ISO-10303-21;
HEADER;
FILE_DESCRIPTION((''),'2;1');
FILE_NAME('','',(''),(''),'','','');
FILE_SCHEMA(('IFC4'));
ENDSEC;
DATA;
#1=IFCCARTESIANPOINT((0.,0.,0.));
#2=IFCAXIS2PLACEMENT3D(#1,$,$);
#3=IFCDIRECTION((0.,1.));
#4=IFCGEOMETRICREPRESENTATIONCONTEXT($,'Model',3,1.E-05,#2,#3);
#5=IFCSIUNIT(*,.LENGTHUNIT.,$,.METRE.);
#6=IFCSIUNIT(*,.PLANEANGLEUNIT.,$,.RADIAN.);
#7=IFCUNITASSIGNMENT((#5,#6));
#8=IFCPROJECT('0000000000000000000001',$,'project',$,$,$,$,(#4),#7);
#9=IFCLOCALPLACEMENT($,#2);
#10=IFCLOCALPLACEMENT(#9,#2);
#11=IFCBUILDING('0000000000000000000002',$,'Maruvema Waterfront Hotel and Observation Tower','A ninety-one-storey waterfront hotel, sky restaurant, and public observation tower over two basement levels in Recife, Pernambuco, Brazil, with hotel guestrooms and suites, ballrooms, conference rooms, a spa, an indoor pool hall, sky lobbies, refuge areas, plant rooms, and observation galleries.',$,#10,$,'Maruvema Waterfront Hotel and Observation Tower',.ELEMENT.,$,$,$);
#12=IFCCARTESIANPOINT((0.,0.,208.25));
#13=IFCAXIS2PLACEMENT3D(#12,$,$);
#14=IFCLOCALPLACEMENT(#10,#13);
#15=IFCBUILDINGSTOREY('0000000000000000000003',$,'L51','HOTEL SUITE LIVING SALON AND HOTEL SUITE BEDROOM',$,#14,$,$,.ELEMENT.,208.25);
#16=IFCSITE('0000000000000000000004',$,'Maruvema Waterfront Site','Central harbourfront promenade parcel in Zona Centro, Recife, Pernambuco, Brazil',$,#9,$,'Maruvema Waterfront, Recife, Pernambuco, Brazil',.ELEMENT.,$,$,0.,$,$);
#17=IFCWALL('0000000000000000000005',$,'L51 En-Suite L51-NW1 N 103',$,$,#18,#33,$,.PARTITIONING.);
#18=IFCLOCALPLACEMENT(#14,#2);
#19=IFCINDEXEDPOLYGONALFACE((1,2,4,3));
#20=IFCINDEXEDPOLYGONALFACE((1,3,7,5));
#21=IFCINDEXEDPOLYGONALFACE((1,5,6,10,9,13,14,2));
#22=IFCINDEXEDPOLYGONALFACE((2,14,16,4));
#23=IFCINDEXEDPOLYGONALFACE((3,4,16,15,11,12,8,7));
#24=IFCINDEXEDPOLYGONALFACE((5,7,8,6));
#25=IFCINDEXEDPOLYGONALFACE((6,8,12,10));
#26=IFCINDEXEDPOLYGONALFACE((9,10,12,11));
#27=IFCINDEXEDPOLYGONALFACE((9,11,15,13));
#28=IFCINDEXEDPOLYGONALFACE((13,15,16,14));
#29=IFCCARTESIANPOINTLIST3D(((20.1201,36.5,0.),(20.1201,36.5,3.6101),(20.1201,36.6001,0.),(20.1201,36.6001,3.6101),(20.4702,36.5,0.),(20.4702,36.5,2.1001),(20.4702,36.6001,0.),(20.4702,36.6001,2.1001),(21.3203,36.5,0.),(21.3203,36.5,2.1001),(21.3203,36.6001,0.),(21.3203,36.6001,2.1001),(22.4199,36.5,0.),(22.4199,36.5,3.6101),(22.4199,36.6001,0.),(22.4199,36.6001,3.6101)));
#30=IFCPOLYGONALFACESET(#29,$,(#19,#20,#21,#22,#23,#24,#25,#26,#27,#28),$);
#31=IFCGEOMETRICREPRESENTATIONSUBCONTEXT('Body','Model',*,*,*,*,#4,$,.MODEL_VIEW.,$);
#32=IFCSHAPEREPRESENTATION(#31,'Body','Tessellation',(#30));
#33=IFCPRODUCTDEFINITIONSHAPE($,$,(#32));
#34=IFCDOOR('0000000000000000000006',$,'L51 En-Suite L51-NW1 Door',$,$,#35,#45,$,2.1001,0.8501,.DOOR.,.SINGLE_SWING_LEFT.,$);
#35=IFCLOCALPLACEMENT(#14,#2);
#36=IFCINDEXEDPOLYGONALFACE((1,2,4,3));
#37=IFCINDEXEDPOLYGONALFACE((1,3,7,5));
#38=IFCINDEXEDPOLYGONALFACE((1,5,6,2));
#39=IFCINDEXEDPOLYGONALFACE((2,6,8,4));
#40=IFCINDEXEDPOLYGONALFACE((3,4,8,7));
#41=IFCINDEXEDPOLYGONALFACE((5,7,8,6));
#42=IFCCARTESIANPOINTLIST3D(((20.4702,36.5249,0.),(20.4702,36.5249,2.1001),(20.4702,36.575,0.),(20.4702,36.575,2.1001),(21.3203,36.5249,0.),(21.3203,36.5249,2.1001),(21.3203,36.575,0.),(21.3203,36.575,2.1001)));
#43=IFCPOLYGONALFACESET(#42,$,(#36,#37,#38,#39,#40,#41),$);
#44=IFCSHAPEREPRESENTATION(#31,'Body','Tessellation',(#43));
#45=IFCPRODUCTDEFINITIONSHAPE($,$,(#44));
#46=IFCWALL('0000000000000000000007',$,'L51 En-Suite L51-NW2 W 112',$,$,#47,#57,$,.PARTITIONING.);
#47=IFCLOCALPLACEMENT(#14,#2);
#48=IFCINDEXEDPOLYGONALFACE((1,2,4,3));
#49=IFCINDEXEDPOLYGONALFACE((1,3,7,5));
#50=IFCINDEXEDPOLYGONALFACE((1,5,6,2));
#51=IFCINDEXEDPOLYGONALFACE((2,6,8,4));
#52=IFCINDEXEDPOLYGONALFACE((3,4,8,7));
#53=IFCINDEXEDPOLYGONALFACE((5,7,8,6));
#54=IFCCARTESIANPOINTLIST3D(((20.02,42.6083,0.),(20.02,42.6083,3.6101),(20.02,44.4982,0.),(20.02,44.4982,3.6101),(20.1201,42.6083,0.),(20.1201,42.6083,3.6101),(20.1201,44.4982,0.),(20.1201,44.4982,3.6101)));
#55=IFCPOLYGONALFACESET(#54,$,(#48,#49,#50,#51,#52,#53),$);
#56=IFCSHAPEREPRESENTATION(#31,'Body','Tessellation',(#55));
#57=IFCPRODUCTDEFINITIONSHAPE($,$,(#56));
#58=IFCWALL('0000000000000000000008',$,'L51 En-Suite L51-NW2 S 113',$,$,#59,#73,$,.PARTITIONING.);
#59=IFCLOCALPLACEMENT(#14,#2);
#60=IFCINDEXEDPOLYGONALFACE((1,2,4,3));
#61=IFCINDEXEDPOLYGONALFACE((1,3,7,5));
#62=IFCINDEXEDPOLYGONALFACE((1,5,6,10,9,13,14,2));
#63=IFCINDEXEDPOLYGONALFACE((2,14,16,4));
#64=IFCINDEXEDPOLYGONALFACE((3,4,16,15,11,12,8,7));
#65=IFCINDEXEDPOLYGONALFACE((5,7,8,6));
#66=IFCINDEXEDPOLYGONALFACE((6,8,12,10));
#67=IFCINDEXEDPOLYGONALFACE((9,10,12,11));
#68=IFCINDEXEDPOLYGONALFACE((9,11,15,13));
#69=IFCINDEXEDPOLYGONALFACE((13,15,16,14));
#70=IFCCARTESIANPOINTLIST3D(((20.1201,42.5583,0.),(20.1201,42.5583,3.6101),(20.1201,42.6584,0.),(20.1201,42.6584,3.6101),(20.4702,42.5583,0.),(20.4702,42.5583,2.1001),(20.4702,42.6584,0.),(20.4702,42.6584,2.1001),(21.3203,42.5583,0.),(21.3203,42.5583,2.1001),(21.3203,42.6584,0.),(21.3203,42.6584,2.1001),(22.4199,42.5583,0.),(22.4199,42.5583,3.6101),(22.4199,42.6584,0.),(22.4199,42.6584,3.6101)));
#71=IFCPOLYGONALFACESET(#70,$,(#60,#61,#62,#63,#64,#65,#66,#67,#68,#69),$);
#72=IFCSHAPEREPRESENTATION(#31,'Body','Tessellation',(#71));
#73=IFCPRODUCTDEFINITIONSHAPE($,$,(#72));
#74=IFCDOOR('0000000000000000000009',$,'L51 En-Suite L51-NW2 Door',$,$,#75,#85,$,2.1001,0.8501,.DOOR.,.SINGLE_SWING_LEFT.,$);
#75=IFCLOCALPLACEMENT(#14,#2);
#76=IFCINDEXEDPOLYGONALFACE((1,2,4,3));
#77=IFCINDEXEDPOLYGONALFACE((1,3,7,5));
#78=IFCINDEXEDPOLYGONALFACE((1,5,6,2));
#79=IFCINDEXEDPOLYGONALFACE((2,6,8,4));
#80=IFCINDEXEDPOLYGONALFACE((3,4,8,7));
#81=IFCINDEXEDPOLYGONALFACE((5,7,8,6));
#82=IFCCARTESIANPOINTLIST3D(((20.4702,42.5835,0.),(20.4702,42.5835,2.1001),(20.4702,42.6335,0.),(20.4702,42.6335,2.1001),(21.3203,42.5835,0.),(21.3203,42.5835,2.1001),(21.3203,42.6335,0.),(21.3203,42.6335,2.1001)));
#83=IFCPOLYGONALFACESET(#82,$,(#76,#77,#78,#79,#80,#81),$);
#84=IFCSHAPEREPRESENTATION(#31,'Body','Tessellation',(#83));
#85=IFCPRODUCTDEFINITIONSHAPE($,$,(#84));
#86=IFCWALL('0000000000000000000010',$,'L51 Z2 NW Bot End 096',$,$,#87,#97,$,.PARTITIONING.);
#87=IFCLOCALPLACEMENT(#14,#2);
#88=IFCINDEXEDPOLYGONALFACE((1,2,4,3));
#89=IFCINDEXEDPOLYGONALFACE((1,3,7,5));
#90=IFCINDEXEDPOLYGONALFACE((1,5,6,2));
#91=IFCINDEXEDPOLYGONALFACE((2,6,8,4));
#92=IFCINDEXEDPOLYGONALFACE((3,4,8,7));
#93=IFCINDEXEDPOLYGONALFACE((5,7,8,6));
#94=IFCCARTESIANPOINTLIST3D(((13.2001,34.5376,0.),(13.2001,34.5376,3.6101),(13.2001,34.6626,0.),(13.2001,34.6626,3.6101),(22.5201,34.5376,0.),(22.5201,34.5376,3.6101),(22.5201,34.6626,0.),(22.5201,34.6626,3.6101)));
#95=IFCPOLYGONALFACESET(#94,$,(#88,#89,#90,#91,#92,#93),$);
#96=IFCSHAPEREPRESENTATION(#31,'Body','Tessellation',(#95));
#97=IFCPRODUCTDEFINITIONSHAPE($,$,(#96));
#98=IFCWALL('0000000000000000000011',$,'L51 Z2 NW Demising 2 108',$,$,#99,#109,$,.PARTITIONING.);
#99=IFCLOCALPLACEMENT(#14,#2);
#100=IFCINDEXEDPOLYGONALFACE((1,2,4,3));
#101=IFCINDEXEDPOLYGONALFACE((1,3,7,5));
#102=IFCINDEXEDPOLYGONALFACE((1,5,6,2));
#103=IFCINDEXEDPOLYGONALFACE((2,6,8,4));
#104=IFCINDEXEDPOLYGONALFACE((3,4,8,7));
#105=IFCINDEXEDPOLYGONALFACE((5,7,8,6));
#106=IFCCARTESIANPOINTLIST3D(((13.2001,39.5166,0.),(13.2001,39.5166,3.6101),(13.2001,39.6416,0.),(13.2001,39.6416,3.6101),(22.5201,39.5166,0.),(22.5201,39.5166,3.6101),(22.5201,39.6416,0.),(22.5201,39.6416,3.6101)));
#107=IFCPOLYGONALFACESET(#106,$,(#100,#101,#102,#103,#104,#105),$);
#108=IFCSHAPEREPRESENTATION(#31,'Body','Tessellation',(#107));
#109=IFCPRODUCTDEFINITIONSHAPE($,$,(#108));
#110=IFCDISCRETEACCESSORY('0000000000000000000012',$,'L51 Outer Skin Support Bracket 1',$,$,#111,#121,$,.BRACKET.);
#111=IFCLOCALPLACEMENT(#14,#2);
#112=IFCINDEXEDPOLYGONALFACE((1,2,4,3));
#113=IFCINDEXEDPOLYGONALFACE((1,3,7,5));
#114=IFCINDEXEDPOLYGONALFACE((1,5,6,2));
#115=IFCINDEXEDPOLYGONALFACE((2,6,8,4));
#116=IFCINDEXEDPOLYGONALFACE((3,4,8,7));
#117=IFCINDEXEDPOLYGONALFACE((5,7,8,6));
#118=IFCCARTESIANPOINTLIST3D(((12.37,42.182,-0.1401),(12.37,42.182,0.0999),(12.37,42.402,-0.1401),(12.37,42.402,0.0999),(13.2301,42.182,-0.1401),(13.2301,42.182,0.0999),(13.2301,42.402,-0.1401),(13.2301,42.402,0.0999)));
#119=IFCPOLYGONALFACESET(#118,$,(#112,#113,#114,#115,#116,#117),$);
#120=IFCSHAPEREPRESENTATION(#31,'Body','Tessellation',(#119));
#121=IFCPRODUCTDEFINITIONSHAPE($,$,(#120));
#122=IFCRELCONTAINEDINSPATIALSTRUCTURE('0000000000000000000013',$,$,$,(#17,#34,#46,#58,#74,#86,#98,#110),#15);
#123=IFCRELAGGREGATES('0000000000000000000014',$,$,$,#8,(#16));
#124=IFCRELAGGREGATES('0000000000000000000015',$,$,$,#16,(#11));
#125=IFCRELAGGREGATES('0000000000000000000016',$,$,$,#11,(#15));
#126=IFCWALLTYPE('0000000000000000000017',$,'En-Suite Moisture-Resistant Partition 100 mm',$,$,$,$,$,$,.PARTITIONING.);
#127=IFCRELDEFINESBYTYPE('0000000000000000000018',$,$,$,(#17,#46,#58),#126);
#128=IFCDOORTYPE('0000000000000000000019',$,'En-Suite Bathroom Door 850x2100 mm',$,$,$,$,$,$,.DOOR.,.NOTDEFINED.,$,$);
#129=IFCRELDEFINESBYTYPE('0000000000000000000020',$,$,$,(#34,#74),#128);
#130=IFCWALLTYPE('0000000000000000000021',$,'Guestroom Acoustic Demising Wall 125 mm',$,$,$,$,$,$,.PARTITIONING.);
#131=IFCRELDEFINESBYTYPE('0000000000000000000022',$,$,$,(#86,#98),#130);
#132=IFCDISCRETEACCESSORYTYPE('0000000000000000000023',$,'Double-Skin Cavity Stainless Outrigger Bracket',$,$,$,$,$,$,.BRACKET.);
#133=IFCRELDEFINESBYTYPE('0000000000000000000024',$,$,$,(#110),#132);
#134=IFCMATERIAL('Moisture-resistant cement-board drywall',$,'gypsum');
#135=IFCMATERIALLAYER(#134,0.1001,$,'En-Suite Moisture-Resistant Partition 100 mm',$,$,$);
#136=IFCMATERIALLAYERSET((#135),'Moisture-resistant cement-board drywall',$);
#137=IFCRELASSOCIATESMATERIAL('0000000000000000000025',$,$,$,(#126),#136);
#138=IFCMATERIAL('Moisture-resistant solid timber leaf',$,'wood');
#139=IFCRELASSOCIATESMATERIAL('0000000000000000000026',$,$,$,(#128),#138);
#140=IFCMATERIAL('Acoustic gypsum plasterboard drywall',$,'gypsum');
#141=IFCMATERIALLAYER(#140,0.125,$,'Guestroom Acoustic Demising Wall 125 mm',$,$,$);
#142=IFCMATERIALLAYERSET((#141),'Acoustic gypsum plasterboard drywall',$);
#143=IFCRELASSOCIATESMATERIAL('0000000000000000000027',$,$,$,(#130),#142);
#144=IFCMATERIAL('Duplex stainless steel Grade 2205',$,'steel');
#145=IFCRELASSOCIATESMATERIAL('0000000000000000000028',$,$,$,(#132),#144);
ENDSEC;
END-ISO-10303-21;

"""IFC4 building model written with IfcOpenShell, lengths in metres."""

from ifc_helpers import new_model, si_unit, direction, frame, frame_2d, origin, origin_2d, place, context, subcontext, project, spatial, rectangle, extrude, material, layer, layer_set, type_object, element, fill, save


model = new_model("IFC4")

# Units and contexts
model_context = context("Model", 3, precision=1e-05, world=origin(), true_north=direction((0.0, 1.0)))
body_context = subcontext(model_context, "Body", "Model", "MODEL_VIEW")
ifc_project = project(units=[si_unit("LENGTHUNIT", "METRE"), si_unit("PLANEANGLEUNIT", "RADIAN")], contexts=[model_context])

# Site, building, storey
site_placement = place(None, origin())
site = spatial("IfcSite", under=ifc_project, at=site_placement, Name="Maruvema Waterfront Site", Description="Central harbourfront promenade parcel in Zona Centro, Recife, Pernambuco, Brazil", LongName="Maruvema Waterfront, Recife, Pernambuco, Brazil", CompositionType="ELEMENT", RefElevation=0.0)
building_placement = place(site_placement, origin())
building = spatial("IfcBuilding", under=site, at=building_placement, Name="Maruvema Waterfront Hotel and Observation Tower", Description="A ninety-one-storey waterfront hotel, sky restaurant, and public observation tower over two basement levels in Recife, Pernambuco, Brazil, with hotel guestrooms and suites, ballrooms, conference rooms, a spa, an indoor pool hall, sky lobbies, refuge areas, plant rooms, and observation galleries.", LongName="Maruvema Waterfront Hotel and Observation Tower", CompositionType="ELEMENT")
storey_placement = place(building_placement, frame((0.0, 0.0, 208.25)))
storey = spatial("IfcBuildingStorey", under=building, at=storey_placement, Name="L51", Description="HOTEL SUITE LIVING SALON AND HOTEL SUITE BEDROOM", CompositionType="ELEMENT", Elevation=208.25)

# Shared definitions
ifc_material_1 = material(Name="Moisture-resistant cement-board drywall", Category="gypsum")
ifc_layer_1 = layer(ifc_material_1, 0.1001, Name="En-Suite Moisture-Resistant Partition 100 mm")
ifc_layer_set_1 = layer_set([ifc_layer_1], Name="Moisture-resistant cement-board drywall")
wall_type_1 = type_object("IfcWallType", Name="En-Suite Moisture-Resistant Partition 100 mm", PredefinedType="PARTITIONING", material=ifc_layer_set_1)

# Wall, opening, door
wall_1_placement = place(storey_placement, frame((20.1201, 36.55, 0.0), z_axis=(0.0, 0.0, 1.0), x_axis=(1.0, 0.0, 0.0)))
wall_1 = element("IfcWall", 1, at=wall_1_placement, inside=storey, type_object=wall_type_1, Name="L51 En-Suite L51-NW1 N 103", PredefinedType="PARTITIONING", context=body_context, shape_type="SweptSolid", body=[
    extrude(rectangle(XDim=2.2998, YDim=0.1001, at=frame_2d((1.1499, 0.0))), origin(), (0.0, 0.0, 1.0), 3.6101),
])
opening_1_placement = place(wall_1_placement, frame((0.3501, 0.0, 0.0)))
opening_1 = element("IfcOpeningElement", 2, at=opening_1_placement, cuts=wall_1, PredefinedType="OPENING", context=body_context, shape_type="SweptSolid", body=[
    extrude(rectangle(XDim=0.8501, YDim=2.1001, at=frame_2d((0.425, 1.05))), frame((0.0, 0.0601, 0.0), z_axis=(0.0, -1.0, 0.0), x_axis=(1.0, 0.0, 0.0)), (0.0, 0.0, 1.0), 0.1201),
])
ifc_material_2 = material(Name="Moisture-resistant solid timber leaf", Category="wood")
door_type_1 = type_object("IfcDoorType", Name="En-Suite Bathroom Door 850x2100 mm", OperationType="NOTDEFINED", PredefinedType="DOOR", material=ifc_material_2)
door_1_placement = place(opening_1_placement, origin())
door_1 = element("IfcDoor", 3, at=door_1_placement, inside=storey, type_object=door_type_1, Name="L51 En-Suite L51-NW1 Door", OperationType="SINGLE_SWING_LEFT", OverallHeight=2.1001, OverallWidth=0.8501, PredefinedType="DOOR", context=body_context, shape_type="SweptSolid", body=[
    extrude(rectangle(XDim=0.8501, YDim=2.1001, at=frame_2d((0.425, 1.05))), frame((0.0, 0.0249, 0.0), z_axis=(0.0, -1.0, 0.0), x_axis=(1.0, 0.0, 0.0)), (0.0, 0.0, 1.0), 0.05),
])
fill(opening_1, door_1)

# Wall
wall_2_placement = place(storey_placement, frame((20.0701, 42.6084, 0.0), z_axis=(0.0, 0.0, 1.0), x_axis=(0.0, 1.0, 0.0)))
element("IfcWall", 4, at=wall_2_placement, inside=storey, type_object=wall_type_1, Name="L51 En-Suite L51-NW2 W 112", PredefinedType="PARTITIONING", context=body_context, shape_type="SweptSolid", body=[
    extrude(rectangle(XDim=1.8899, YDim=0.1001, at=frame_2d((0.9448, 0.0))), origin(), (0.0, 0.0, 1.0), 3.6101),
])

# Wall, opening, door
wall_3_placement = place(storey_placement, frame((20.1201, 42.6084, 0.0), z_axis=(0.0, 0.0, 1.0), x_axis=(1.0, 0.0, 0.0)))
wall_3 = element("IfcWall", 5, at=wall_3_placement, inside=storey, type_object=wall_type_1, Name="L51 En-Suite L51-NW2 S 113", PredefinedType="PARTITIONING", context=body_context, shape_type="SweptSolid", body=[
    extrude(rectangle(XDim=2.2998, YDim=0.1001, at=frame_2d((1.1499, 0.0))), origin(), (0.0, 0.0, 1.0), 3.6101),
])
opening_2_placement = place(wall_3_placement, frame((0.3501, 0.0, 0.0)))
opening_2 = element("IfcOpeningElement", 6, at=opening_2_placement, cuts=wall_3, PredefinedType="OPENING", context=body_context, shape_type="SweptSolid", body=[
    extrude(rectangle(XDim=0.8501, YDim=2.1001, at=frame_2d((0.425, 1.05))), frame((0.0, 0.0601, 0.0), z_axis=(0.0, -1.0, 0.0), x_axis=(1.0, 0.0, 0.0)), (0.0, 0.0, 1.0), 0.1201),
])
door_2_placement = place(opening_2_placement, frame((0.8501, 0.0, 0.0), z_axis=(0.0, 0.0, 1.0), x_axis=(-1.0, 0.0, 0.0)))
door_2 = element("IfcDoor", 7, at=door_2_placement, inside=storey, type_object=door_type_1, Name="L51 En-Suite L51-NW2 Door", OperationType="SINGLE_SWING_LEFT", OverallHeight=2.1001, OverallWidth=0.8501, PredefinedType="DOOR", context=body_context, shape_type="SweptSolid", body=[
    extrude(rectangle(XDim=0.8501, YDim=2.1001, at=frame_2d((0.425, 1.05))), frame((0.0, 0.0249, 0.0), z_axis=(0.0, -1.0, 0.0), x_axis=(1.0, 0.0, 0.0)), (0.0, 0.0, 1.0), 0.05),
])
fill(opening_2, door_2)

# Walls
ifc_material_3 = material(Name="Acoustic gypsum plasterboard drywall", Category="gypsum")
ifc_layer_2 = layer(ifc_material_3, 0.125, Name="Guestroom Acoustic Demising Wall 125 mm")
ifc_layer_set_2 = layer_set([ifc_layer_2], Name="Acoustic gypsum plasterboard drywall")
wall_type_2 = type_object("IfcWallType", Name="Guestroom Acoustic Demising Wall 125 mm", PredefinedType="PARTITIONING", material=ifc_layer_set_2)
for number, where, z_axis, x_axis, name in (
    (8, (13.2, 34.6001, 0.0), (0.0, 0.0, 1.0), (1.0, 0.0, 0.0), "L51 Z2 NW Bot End 096"),
    (9, (13.2, 39.5791, 0.0), (0.0, 0.0, 1.0), (1.0, 0.0, 0.0), "L51 Z2 NW Demising 2 108"),
):
    element("IfcWall", number, at=place(storey_placement, frame(where, z_axis=z_axis, x_axis=x_axis)), inside=storey, type_object=wall_type_2, Name=name, PredefinedType="PARTITIONING", context=body_context, shape_type="SweptSolid", body=[
        extrude(rectangle(XDim=9.3201, YDim=0.125, at=frame_2d((4.6602, 0.0))), origin(), (0.0, 0.0, 1.0), 3.6101),
    ])

# Discrete accessory
ifc_material_4 = material(Name="Duplex stainless steel Grade 2205", Category="steel")
discrete_accessory_type = type_object("IfcDiscreteAccessoryType", Name="Double-Skin Cavity Stainless Outrigger Bracket", PredefinedType="BRACKET", material=ifc_material_4)
discrete_accessory_placement = place(storey_placement, frame((12.8, 42.292, -0.1401), z_axis=(0.0, 0.0, 1.0), x_axis=(0.0, -1.0, 0.0)))
element("IfcDiscreteAccessory", 10, at=discrete_accessory_placement, inside=storey, type_object=discrete_accessory_type, Name="L51 Outer Skin Support Bracket 1", PredefinedType="BRACKET", context=body_context, shape_type="SweptSolid", body=[
    extrude(rectangle(XDim=0.22, YDim=0.8601, at=origin_2d()), origin(), (0.0, 0.0, 1.0), 0.24),
])

save(model, "model.ifc")
